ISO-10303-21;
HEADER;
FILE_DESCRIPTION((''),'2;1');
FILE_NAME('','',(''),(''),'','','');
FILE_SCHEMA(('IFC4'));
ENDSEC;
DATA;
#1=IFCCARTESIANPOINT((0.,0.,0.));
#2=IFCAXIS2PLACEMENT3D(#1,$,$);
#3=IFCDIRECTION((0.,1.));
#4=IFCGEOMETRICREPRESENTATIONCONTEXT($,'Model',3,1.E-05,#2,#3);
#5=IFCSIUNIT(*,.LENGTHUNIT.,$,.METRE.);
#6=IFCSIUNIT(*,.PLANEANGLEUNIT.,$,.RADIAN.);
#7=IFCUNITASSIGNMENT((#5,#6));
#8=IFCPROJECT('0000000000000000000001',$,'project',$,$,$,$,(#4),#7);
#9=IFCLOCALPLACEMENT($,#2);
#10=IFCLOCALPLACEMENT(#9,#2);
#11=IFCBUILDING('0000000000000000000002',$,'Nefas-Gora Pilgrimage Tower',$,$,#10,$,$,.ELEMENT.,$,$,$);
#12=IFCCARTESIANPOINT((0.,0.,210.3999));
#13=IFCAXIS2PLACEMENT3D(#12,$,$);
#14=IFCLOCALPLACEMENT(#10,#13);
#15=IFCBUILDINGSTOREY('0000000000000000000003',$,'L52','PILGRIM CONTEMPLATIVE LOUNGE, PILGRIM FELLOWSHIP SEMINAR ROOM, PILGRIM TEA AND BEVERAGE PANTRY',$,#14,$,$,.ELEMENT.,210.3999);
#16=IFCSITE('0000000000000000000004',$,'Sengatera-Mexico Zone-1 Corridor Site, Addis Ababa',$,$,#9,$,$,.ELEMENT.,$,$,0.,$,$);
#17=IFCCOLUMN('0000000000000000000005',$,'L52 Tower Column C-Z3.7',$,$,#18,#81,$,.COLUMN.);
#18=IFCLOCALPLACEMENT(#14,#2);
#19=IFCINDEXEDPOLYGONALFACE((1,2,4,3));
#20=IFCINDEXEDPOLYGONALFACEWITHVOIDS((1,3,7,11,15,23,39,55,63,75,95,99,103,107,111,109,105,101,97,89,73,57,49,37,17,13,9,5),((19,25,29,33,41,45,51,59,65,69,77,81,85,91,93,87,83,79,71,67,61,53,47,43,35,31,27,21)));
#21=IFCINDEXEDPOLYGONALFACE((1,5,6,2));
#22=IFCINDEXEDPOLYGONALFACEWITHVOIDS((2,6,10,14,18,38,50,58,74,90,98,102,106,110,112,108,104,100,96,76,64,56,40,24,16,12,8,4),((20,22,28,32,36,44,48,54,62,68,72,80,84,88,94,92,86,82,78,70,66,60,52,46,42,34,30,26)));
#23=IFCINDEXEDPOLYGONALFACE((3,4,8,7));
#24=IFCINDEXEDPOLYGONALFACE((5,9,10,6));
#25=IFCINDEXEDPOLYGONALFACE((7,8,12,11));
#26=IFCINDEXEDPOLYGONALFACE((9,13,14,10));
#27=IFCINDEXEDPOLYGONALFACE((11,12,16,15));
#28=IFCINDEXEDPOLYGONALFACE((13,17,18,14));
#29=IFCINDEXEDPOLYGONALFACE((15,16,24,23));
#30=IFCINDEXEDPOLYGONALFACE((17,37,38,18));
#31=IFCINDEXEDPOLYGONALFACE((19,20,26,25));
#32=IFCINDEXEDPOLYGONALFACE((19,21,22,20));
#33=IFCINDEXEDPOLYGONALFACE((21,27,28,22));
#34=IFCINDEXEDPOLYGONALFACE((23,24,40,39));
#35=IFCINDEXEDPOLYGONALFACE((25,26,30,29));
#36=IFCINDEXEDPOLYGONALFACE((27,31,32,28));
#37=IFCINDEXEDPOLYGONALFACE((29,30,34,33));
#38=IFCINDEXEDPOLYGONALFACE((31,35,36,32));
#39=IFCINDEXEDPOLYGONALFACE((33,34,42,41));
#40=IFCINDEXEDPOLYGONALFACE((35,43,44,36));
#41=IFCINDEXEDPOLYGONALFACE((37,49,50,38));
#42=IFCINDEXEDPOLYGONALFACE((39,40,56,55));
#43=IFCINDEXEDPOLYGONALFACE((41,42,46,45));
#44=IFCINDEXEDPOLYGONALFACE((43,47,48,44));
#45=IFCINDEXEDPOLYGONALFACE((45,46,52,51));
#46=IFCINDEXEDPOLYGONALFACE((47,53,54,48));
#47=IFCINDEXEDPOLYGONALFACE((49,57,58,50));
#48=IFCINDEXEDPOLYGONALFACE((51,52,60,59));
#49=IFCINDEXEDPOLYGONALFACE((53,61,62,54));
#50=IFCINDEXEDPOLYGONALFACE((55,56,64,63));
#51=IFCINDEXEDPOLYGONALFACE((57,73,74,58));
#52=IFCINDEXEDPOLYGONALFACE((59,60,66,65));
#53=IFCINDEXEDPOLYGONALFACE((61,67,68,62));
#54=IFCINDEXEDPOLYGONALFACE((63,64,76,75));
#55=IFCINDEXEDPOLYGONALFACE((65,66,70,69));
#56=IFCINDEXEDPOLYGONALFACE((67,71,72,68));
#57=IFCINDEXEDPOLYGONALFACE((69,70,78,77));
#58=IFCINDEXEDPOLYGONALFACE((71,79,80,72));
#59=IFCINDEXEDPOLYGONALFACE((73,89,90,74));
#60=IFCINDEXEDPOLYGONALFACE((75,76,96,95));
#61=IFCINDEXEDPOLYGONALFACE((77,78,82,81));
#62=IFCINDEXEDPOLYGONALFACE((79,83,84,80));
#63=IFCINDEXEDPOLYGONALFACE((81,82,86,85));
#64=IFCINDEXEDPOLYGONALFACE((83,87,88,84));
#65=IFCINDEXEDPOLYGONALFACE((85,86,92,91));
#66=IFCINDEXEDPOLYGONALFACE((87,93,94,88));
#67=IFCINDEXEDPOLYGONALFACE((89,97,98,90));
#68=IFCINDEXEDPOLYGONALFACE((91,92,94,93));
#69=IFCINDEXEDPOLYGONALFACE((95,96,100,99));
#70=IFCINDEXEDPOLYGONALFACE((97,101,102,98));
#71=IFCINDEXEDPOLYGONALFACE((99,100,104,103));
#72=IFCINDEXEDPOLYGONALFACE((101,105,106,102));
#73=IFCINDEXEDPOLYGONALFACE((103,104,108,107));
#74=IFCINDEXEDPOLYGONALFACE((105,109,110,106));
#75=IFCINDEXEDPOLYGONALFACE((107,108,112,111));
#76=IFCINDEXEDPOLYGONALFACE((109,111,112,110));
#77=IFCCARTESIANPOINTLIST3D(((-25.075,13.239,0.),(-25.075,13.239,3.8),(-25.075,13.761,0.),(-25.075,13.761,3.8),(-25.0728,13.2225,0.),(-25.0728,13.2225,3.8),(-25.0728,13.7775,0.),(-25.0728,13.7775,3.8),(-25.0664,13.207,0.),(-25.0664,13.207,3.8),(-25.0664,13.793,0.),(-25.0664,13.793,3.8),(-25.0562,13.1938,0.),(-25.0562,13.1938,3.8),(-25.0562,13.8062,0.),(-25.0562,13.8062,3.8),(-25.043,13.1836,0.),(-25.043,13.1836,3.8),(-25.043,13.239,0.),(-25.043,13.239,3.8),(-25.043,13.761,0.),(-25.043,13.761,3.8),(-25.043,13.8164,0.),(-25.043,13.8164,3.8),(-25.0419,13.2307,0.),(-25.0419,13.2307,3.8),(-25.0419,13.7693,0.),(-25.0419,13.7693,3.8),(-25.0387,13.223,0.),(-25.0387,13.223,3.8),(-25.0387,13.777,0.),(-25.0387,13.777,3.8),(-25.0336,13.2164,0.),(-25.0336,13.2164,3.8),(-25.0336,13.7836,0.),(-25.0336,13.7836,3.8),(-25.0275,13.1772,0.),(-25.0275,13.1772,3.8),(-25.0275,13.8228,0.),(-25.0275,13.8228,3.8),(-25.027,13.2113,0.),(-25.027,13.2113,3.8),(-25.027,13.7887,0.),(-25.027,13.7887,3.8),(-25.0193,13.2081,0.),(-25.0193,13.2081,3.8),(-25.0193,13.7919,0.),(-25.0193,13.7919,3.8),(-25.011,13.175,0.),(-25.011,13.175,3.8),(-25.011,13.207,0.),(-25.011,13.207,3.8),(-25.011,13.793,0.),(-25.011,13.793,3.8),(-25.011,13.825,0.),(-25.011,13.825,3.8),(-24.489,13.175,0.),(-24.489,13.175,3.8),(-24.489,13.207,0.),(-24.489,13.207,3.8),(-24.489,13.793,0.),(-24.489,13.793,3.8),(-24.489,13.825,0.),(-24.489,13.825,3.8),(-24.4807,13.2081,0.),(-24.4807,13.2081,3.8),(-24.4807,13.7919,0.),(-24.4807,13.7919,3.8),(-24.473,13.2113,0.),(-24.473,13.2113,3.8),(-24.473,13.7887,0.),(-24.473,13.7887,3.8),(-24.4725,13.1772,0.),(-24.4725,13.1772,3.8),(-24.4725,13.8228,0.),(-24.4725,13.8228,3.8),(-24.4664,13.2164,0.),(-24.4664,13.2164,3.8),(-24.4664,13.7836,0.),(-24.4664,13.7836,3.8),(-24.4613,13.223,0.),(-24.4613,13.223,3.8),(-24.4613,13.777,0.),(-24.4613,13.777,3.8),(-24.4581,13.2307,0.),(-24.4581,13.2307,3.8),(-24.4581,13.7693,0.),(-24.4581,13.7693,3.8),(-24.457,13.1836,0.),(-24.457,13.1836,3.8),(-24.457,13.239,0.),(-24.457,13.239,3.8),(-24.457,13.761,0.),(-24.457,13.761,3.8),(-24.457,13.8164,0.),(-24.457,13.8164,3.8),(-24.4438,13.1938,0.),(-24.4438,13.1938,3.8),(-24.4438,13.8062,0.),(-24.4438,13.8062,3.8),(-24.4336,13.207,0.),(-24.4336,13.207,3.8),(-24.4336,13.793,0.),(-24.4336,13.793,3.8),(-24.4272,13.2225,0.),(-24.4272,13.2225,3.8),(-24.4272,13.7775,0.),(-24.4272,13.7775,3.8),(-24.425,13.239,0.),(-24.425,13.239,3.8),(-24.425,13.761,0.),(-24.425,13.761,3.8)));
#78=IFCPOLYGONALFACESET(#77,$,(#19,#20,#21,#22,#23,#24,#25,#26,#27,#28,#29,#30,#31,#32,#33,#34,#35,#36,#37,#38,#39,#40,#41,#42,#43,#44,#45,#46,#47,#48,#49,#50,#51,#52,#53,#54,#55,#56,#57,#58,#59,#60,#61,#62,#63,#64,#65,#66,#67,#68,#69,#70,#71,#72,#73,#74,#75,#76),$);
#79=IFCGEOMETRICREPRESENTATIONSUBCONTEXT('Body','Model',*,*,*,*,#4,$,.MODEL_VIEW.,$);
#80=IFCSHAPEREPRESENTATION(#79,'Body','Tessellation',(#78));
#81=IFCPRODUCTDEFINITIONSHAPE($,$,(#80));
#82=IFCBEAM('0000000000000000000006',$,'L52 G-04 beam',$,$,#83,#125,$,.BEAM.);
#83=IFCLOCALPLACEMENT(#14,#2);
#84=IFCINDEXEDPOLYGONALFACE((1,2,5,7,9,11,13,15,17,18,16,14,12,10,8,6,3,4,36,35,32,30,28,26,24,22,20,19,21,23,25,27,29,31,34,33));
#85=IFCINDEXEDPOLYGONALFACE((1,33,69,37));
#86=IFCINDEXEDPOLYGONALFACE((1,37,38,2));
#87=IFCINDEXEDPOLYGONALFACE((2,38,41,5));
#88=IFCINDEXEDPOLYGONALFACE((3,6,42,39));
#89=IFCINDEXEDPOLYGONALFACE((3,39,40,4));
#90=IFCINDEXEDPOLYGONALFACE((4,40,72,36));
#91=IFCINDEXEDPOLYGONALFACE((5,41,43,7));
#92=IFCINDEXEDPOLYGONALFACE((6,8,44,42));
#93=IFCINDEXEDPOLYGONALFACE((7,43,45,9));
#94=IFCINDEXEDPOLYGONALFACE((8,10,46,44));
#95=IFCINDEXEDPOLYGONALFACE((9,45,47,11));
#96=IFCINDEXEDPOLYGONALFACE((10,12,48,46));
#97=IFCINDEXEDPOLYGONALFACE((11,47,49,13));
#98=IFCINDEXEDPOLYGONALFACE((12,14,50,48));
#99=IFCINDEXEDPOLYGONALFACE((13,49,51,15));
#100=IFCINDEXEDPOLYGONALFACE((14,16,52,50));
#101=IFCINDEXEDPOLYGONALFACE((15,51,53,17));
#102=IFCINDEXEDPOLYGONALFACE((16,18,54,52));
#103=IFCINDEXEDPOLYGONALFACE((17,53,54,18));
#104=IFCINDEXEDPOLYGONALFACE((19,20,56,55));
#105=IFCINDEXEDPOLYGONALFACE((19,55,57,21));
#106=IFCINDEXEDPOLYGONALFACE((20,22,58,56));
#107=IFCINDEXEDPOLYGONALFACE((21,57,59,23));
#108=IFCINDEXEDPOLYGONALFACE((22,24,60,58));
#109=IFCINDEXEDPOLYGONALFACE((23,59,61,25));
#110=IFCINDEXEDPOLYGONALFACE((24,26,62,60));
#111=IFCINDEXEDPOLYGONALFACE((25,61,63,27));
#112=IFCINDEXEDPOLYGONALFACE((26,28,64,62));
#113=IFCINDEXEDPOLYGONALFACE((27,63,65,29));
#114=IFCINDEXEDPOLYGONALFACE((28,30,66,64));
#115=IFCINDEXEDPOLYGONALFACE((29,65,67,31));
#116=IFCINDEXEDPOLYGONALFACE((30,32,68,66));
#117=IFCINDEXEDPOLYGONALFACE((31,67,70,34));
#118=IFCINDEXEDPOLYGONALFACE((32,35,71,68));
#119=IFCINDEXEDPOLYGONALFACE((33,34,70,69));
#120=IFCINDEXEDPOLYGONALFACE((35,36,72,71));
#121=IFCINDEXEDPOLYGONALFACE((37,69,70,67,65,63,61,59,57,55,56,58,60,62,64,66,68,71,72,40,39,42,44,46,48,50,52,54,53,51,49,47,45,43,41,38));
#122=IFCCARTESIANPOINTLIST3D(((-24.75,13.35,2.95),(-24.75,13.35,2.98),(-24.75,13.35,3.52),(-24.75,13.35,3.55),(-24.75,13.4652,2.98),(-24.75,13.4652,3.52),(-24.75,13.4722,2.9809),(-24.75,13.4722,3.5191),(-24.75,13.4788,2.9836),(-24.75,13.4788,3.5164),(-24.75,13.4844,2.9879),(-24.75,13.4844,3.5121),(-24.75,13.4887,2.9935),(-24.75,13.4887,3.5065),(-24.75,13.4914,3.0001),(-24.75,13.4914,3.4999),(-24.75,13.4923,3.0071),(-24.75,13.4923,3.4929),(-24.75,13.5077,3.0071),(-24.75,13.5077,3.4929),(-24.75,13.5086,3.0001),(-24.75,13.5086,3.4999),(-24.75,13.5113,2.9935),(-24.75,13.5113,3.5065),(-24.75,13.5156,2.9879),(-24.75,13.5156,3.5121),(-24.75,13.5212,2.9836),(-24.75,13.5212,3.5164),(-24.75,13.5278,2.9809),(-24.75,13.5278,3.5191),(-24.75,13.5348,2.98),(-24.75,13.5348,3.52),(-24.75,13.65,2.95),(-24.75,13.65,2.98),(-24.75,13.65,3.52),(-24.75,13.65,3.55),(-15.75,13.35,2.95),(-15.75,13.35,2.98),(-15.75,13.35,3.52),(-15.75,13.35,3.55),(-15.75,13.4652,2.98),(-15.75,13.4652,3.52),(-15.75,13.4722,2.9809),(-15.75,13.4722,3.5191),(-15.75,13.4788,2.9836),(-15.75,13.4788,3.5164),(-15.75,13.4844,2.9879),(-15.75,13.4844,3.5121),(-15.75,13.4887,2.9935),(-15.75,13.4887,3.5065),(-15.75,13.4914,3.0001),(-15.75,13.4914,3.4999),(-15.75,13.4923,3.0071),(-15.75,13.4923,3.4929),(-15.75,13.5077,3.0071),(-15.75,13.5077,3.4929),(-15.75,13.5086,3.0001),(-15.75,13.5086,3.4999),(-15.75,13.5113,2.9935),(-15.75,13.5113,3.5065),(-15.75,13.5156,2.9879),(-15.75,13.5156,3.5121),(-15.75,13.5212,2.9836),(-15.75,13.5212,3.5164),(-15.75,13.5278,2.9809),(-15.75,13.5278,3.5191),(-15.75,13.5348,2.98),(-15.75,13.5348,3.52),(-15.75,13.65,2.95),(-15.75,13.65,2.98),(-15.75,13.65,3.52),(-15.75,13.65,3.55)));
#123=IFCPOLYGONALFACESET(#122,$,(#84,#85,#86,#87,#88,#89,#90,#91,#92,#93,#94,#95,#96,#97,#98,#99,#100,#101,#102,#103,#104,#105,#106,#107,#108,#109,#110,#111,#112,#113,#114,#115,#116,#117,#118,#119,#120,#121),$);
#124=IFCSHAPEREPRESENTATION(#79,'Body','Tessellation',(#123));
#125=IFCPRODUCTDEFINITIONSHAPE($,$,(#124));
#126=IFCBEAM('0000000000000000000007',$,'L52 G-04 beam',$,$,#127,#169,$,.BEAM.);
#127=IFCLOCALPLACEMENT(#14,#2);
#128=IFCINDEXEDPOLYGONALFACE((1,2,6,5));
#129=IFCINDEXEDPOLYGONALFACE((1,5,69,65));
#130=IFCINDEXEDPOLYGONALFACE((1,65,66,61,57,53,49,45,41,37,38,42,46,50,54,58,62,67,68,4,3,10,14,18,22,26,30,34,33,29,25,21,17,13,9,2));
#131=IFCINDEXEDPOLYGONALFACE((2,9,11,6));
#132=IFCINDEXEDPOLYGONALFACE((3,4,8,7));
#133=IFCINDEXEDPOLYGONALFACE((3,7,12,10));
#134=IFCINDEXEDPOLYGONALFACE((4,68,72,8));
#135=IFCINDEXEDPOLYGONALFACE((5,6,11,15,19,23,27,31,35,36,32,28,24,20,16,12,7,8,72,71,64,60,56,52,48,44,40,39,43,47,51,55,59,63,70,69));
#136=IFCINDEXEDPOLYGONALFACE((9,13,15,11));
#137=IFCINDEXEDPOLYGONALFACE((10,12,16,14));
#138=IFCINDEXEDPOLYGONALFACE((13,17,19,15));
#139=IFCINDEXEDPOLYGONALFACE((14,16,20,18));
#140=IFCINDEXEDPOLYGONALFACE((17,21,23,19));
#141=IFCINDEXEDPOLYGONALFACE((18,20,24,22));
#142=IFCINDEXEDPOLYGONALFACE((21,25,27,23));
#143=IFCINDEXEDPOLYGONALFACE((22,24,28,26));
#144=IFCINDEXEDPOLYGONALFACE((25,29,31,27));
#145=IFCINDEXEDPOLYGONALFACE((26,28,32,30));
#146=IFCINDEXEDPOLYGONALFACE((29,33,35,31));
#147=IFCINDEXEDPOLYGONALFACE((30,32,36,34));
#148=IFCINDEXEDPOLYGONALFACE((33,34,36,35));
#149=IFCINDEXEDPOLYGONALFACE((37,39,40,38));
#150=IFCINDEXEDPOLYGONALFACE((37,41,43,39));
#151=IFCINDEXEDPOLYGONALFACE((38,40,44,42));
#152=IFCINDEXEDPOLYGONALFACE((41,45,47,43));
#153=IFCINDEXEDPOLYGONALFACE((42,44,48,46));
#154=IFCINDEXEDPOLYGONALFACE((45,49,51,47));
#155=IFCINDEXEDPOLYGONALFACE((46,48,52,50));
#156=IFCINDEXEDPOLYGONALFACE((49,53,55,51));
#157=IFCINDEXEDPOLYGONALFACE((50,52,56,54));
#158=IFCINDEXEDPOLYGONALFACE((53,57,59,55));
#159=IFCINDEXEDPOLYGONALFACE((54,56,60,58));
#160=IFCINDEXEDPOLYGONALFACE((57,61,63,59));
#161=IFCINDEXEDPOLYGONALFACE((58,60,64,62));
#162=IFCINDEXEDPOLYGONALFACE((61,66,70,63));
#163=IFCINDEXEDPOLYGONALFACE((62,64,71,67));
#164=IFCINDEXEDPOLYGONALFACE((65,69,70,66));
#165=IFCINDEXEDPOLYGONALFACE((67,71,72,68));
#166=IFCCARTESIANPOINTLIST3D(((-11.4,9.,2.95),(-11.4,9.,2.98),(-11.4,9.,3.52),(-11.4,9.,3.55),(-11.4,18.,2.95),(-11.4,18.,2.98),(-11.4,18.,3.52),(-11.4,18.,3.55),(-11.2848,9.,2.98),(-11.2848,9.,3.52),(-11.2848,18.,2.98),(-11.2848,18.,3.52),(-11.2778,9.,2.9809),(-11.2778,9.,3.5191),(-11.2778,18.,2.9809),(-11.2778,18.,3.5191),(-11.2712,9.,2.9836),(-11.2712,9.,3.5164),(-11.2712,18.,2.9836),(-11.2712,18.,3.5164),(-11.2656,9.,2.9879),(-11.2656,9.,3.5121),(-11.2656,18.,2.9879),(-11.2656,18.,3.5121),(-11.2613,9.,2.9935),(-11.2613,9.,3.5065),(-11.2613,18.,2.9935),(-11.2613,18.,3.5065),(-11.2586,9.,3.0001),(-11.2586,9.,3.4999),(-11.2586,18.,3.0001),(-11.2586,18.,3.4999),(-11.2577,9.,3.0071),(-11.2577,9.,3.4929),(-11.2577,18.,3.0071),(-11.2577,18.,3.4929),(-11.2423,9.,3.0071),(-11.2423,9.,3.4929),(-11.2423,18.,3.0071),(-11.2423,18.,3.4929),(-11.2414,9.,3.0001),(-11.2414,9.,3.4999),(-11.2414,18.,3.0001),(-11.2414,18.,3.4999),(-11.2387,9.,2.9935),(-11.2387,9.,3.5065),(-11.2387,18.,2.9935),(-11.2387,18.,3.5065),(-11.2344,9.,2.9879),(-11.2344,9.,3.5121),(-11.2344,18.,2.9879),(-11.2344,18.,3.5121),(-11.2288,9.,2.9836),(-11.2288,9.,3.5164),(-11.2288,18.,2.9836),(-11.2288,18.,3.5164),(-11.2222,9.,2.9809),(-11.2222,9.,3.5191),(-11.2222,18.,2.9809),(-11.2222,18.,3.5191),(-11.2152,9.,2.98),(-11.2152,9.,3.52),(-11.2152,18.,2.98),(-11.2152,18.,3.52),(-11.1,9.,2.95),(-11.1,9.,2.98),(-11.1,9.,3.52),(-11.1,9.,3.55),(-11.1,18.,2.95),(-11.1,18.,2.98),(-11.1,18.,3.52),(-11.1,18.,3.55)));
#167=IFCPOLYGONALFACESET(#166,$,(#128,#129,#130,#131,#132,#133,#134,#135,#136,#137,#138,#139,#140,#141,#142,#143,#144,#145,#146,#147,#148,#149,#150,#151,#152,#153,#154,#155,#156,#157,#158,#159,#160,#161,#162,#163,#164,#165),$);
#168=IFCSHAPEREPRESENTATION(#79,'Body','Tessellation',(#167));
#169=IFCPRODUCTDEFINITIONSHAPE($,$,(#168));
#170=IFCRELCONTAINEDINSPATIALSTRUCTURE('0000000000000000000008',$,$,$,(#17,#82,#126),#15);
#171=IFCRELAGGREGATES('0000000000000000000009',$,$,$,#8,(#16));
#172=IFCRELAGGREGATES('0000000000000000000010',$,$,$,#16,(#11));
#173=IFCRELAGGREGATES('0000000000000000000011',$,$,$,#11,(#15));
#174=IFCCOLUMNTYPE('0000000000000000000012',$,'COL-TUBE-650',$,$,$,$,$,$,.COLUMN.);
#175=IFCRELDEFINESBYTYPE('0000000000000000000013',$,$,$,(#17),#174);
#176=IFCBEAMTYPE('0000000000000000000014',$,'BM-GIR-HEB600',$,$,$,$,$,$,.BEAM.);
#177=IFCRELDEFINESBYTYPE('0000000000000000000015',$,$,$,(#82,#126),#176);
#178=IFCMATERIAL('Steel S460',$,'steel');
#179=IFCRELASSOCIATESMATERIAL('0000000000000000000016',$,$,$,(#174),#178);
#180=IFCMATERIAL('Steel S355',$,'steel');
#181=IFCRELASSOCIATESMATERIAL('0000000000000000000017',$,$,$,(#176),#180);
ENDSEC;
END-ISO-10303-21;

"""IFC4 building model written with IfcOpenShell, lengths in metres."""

from ifc_helpers import new_model, si_unit, direction, frame, origin, origin_2d, place, context, subcontext, project, spatial, hollow_rectangle, i_section, extrude, source, transform, mapped, material, material_profile, profile_set, type_object, element, save


model = new_model("IFC4")

# Units and contexts
model_context = context("Model", 3, precision=1e-05, world=origin(), true_north=direction((0.0, 1.0)))
body_context = subcontext(model_context, "Body", "Model", "MODEL_VIEW")
ifc_project = project(units=[si_unit("LENGTHUNIT", "METRE"), si_unit("PLANEANGLEUNIT", "RADIAN")], contexts=[model_context])

# Site, building, storey
site_placement = place(None, origin())
site = spatial("IfcSite", under=ifc_project, at=site_placement, Name="Sengatera-Mexico Zone-1 Corridor Site, Addis Ababa", CompositionType="ELEMENT", RefElevation=0.0)
building_placement = place(site_placement, origin())
building = spatial("IfcBuilding", under=site, at=building_placement, Name="Nefas-Gora Pilgrimage Tower", CompositionType="ELEMENT")
storey_placement = place(building_placement, frame((0.0, 0.0, 210.3999)))
storey = spatial("IfcBuildingStorey", under=building, at=storey_placement, Name="L52", Description="PILGRIM CONTEMPLATIVE LOUNGE, PILGRIM FELLOWSHIP SEMINAR ROOM, PILGRIM TEA AND BEVERAGE PANTRY", CompositionType="ELEMENT", Elevation=210.3999)

# Column
ifc_material_1 = material(Name="Steel S460", Category="steel")
ifc_material_profile_1 = material_profile(ifc_material_1, hollow_rectangle(XDim=0.6499, YDim=0.6499, WallThickness=0.032, InnerFilletRadius=0.032, OuterFilletRadius=0.064, at=origin_2d()), Name="BOX 650x650x32")
ifc_profile_set_1 = profile_set([ifc_material_profile_1], Name="Steel S460")
column_type_1 = type_object("IfcColumnType", Name="COL-TUBE-650", PredefinedType="COLUMN", material=ifc_profile_set_1)
shared_shape_1 = source(origin(), body_context, "Body", "SweptSolid", [
    extrude(hollow_rectangle(XDim=0.6499, YDim=0.6499, WallThickness=0.032, InnerFilletRadius=0.032, OuterFilletRadius=0.064, at=origin_2d()), origin(), (0.0, 0.0, 1.0), 3.8),
])
column_placement = place(storey_placement, frame((-24.75, 13.5, 0.0), z_axis=(0.0, 0.0, 1.0), x_axis=(1.0, 0.0, 0.0)))
element("IfcColumn", 1, at=column_placement, inside=storey, type_object=column_type_1, Name="L52 Tower Column C-Z3.7", PredefinedType="COLUMN", context=body_context, shape_type="MappedRepresentation", body=[
    mapped(shared_shape_1, transform((0.0, 0.0, 0.0), x_axis=(1.0, 0.0, 0.0), y_axis=(0.0, 1.0, 0.0), z_axis=(0.0, 0.0, 1.0), scale=1.0)),
])

# Beams
ifc_material_2 = material(Name="Steel S355", Category="steel")
ifc_material_profile_2 = material_profile(ifc_material_2, i_section(OverallWidth=0.3, OverallDepth=0.6001, WebThickness=0.0154, FlangeThickness=0.03, FilletRadius=0.0271, at=origin_2d()), Name="HEB 600")
ifc_profile_set_2 = profile_set([ifc_material_profile_2], Name="Steel S355")
beam_type = type_object("IfcBeamType", Name="BM-GIR-HEB600", PredefinedType="BEAM", material=ifc_profile_set_2)
shared_shape_2 = source(origin(), body_context, "Body", "SweptSolid", [
    extrude(i_section(OverallWidth=0.3, OverallDepth=0.6001, WebThickness=0.0154, FlangeThickness=0.03, FilletRadius=0.0271, at=origin_2d()), origin(), (0.0, 0.0, 1.0), 9.0),
])
for number, where, z_axis, x_axis, name in (
    (2, (-24.75, 13.5, 3.25), (1.0, 0.0, 0.0), (0.0, 1.0, 0.0), "L52 G-04 beam"),
    (3, (-11.25, 9.0, 3.25), (0.0, 1.0, 0.0), (-1.0, 0.0, 0.0), "L52 G-04 beam"),
):
    element("IfcBeam", number, at=place(storey_placement, frame(where, z_axis=z_axis, x_axis=x_axis)), inside=storey, type_object=beam_type, Name=name, PredefinedType="BEAM", context=body_context, shape_type="MappedRepresentation", body=[
        mapped(shared_shape_2, transform((0.0, 0.0, 0.0), x_axis=(1.0, 0.0, 0.0), y_axis=(0.0, 1.0, 0.0), z_axis=(0.0, 0.0, 1.0), scale=1.0)),
    ])

save(model, "model.ifc")
